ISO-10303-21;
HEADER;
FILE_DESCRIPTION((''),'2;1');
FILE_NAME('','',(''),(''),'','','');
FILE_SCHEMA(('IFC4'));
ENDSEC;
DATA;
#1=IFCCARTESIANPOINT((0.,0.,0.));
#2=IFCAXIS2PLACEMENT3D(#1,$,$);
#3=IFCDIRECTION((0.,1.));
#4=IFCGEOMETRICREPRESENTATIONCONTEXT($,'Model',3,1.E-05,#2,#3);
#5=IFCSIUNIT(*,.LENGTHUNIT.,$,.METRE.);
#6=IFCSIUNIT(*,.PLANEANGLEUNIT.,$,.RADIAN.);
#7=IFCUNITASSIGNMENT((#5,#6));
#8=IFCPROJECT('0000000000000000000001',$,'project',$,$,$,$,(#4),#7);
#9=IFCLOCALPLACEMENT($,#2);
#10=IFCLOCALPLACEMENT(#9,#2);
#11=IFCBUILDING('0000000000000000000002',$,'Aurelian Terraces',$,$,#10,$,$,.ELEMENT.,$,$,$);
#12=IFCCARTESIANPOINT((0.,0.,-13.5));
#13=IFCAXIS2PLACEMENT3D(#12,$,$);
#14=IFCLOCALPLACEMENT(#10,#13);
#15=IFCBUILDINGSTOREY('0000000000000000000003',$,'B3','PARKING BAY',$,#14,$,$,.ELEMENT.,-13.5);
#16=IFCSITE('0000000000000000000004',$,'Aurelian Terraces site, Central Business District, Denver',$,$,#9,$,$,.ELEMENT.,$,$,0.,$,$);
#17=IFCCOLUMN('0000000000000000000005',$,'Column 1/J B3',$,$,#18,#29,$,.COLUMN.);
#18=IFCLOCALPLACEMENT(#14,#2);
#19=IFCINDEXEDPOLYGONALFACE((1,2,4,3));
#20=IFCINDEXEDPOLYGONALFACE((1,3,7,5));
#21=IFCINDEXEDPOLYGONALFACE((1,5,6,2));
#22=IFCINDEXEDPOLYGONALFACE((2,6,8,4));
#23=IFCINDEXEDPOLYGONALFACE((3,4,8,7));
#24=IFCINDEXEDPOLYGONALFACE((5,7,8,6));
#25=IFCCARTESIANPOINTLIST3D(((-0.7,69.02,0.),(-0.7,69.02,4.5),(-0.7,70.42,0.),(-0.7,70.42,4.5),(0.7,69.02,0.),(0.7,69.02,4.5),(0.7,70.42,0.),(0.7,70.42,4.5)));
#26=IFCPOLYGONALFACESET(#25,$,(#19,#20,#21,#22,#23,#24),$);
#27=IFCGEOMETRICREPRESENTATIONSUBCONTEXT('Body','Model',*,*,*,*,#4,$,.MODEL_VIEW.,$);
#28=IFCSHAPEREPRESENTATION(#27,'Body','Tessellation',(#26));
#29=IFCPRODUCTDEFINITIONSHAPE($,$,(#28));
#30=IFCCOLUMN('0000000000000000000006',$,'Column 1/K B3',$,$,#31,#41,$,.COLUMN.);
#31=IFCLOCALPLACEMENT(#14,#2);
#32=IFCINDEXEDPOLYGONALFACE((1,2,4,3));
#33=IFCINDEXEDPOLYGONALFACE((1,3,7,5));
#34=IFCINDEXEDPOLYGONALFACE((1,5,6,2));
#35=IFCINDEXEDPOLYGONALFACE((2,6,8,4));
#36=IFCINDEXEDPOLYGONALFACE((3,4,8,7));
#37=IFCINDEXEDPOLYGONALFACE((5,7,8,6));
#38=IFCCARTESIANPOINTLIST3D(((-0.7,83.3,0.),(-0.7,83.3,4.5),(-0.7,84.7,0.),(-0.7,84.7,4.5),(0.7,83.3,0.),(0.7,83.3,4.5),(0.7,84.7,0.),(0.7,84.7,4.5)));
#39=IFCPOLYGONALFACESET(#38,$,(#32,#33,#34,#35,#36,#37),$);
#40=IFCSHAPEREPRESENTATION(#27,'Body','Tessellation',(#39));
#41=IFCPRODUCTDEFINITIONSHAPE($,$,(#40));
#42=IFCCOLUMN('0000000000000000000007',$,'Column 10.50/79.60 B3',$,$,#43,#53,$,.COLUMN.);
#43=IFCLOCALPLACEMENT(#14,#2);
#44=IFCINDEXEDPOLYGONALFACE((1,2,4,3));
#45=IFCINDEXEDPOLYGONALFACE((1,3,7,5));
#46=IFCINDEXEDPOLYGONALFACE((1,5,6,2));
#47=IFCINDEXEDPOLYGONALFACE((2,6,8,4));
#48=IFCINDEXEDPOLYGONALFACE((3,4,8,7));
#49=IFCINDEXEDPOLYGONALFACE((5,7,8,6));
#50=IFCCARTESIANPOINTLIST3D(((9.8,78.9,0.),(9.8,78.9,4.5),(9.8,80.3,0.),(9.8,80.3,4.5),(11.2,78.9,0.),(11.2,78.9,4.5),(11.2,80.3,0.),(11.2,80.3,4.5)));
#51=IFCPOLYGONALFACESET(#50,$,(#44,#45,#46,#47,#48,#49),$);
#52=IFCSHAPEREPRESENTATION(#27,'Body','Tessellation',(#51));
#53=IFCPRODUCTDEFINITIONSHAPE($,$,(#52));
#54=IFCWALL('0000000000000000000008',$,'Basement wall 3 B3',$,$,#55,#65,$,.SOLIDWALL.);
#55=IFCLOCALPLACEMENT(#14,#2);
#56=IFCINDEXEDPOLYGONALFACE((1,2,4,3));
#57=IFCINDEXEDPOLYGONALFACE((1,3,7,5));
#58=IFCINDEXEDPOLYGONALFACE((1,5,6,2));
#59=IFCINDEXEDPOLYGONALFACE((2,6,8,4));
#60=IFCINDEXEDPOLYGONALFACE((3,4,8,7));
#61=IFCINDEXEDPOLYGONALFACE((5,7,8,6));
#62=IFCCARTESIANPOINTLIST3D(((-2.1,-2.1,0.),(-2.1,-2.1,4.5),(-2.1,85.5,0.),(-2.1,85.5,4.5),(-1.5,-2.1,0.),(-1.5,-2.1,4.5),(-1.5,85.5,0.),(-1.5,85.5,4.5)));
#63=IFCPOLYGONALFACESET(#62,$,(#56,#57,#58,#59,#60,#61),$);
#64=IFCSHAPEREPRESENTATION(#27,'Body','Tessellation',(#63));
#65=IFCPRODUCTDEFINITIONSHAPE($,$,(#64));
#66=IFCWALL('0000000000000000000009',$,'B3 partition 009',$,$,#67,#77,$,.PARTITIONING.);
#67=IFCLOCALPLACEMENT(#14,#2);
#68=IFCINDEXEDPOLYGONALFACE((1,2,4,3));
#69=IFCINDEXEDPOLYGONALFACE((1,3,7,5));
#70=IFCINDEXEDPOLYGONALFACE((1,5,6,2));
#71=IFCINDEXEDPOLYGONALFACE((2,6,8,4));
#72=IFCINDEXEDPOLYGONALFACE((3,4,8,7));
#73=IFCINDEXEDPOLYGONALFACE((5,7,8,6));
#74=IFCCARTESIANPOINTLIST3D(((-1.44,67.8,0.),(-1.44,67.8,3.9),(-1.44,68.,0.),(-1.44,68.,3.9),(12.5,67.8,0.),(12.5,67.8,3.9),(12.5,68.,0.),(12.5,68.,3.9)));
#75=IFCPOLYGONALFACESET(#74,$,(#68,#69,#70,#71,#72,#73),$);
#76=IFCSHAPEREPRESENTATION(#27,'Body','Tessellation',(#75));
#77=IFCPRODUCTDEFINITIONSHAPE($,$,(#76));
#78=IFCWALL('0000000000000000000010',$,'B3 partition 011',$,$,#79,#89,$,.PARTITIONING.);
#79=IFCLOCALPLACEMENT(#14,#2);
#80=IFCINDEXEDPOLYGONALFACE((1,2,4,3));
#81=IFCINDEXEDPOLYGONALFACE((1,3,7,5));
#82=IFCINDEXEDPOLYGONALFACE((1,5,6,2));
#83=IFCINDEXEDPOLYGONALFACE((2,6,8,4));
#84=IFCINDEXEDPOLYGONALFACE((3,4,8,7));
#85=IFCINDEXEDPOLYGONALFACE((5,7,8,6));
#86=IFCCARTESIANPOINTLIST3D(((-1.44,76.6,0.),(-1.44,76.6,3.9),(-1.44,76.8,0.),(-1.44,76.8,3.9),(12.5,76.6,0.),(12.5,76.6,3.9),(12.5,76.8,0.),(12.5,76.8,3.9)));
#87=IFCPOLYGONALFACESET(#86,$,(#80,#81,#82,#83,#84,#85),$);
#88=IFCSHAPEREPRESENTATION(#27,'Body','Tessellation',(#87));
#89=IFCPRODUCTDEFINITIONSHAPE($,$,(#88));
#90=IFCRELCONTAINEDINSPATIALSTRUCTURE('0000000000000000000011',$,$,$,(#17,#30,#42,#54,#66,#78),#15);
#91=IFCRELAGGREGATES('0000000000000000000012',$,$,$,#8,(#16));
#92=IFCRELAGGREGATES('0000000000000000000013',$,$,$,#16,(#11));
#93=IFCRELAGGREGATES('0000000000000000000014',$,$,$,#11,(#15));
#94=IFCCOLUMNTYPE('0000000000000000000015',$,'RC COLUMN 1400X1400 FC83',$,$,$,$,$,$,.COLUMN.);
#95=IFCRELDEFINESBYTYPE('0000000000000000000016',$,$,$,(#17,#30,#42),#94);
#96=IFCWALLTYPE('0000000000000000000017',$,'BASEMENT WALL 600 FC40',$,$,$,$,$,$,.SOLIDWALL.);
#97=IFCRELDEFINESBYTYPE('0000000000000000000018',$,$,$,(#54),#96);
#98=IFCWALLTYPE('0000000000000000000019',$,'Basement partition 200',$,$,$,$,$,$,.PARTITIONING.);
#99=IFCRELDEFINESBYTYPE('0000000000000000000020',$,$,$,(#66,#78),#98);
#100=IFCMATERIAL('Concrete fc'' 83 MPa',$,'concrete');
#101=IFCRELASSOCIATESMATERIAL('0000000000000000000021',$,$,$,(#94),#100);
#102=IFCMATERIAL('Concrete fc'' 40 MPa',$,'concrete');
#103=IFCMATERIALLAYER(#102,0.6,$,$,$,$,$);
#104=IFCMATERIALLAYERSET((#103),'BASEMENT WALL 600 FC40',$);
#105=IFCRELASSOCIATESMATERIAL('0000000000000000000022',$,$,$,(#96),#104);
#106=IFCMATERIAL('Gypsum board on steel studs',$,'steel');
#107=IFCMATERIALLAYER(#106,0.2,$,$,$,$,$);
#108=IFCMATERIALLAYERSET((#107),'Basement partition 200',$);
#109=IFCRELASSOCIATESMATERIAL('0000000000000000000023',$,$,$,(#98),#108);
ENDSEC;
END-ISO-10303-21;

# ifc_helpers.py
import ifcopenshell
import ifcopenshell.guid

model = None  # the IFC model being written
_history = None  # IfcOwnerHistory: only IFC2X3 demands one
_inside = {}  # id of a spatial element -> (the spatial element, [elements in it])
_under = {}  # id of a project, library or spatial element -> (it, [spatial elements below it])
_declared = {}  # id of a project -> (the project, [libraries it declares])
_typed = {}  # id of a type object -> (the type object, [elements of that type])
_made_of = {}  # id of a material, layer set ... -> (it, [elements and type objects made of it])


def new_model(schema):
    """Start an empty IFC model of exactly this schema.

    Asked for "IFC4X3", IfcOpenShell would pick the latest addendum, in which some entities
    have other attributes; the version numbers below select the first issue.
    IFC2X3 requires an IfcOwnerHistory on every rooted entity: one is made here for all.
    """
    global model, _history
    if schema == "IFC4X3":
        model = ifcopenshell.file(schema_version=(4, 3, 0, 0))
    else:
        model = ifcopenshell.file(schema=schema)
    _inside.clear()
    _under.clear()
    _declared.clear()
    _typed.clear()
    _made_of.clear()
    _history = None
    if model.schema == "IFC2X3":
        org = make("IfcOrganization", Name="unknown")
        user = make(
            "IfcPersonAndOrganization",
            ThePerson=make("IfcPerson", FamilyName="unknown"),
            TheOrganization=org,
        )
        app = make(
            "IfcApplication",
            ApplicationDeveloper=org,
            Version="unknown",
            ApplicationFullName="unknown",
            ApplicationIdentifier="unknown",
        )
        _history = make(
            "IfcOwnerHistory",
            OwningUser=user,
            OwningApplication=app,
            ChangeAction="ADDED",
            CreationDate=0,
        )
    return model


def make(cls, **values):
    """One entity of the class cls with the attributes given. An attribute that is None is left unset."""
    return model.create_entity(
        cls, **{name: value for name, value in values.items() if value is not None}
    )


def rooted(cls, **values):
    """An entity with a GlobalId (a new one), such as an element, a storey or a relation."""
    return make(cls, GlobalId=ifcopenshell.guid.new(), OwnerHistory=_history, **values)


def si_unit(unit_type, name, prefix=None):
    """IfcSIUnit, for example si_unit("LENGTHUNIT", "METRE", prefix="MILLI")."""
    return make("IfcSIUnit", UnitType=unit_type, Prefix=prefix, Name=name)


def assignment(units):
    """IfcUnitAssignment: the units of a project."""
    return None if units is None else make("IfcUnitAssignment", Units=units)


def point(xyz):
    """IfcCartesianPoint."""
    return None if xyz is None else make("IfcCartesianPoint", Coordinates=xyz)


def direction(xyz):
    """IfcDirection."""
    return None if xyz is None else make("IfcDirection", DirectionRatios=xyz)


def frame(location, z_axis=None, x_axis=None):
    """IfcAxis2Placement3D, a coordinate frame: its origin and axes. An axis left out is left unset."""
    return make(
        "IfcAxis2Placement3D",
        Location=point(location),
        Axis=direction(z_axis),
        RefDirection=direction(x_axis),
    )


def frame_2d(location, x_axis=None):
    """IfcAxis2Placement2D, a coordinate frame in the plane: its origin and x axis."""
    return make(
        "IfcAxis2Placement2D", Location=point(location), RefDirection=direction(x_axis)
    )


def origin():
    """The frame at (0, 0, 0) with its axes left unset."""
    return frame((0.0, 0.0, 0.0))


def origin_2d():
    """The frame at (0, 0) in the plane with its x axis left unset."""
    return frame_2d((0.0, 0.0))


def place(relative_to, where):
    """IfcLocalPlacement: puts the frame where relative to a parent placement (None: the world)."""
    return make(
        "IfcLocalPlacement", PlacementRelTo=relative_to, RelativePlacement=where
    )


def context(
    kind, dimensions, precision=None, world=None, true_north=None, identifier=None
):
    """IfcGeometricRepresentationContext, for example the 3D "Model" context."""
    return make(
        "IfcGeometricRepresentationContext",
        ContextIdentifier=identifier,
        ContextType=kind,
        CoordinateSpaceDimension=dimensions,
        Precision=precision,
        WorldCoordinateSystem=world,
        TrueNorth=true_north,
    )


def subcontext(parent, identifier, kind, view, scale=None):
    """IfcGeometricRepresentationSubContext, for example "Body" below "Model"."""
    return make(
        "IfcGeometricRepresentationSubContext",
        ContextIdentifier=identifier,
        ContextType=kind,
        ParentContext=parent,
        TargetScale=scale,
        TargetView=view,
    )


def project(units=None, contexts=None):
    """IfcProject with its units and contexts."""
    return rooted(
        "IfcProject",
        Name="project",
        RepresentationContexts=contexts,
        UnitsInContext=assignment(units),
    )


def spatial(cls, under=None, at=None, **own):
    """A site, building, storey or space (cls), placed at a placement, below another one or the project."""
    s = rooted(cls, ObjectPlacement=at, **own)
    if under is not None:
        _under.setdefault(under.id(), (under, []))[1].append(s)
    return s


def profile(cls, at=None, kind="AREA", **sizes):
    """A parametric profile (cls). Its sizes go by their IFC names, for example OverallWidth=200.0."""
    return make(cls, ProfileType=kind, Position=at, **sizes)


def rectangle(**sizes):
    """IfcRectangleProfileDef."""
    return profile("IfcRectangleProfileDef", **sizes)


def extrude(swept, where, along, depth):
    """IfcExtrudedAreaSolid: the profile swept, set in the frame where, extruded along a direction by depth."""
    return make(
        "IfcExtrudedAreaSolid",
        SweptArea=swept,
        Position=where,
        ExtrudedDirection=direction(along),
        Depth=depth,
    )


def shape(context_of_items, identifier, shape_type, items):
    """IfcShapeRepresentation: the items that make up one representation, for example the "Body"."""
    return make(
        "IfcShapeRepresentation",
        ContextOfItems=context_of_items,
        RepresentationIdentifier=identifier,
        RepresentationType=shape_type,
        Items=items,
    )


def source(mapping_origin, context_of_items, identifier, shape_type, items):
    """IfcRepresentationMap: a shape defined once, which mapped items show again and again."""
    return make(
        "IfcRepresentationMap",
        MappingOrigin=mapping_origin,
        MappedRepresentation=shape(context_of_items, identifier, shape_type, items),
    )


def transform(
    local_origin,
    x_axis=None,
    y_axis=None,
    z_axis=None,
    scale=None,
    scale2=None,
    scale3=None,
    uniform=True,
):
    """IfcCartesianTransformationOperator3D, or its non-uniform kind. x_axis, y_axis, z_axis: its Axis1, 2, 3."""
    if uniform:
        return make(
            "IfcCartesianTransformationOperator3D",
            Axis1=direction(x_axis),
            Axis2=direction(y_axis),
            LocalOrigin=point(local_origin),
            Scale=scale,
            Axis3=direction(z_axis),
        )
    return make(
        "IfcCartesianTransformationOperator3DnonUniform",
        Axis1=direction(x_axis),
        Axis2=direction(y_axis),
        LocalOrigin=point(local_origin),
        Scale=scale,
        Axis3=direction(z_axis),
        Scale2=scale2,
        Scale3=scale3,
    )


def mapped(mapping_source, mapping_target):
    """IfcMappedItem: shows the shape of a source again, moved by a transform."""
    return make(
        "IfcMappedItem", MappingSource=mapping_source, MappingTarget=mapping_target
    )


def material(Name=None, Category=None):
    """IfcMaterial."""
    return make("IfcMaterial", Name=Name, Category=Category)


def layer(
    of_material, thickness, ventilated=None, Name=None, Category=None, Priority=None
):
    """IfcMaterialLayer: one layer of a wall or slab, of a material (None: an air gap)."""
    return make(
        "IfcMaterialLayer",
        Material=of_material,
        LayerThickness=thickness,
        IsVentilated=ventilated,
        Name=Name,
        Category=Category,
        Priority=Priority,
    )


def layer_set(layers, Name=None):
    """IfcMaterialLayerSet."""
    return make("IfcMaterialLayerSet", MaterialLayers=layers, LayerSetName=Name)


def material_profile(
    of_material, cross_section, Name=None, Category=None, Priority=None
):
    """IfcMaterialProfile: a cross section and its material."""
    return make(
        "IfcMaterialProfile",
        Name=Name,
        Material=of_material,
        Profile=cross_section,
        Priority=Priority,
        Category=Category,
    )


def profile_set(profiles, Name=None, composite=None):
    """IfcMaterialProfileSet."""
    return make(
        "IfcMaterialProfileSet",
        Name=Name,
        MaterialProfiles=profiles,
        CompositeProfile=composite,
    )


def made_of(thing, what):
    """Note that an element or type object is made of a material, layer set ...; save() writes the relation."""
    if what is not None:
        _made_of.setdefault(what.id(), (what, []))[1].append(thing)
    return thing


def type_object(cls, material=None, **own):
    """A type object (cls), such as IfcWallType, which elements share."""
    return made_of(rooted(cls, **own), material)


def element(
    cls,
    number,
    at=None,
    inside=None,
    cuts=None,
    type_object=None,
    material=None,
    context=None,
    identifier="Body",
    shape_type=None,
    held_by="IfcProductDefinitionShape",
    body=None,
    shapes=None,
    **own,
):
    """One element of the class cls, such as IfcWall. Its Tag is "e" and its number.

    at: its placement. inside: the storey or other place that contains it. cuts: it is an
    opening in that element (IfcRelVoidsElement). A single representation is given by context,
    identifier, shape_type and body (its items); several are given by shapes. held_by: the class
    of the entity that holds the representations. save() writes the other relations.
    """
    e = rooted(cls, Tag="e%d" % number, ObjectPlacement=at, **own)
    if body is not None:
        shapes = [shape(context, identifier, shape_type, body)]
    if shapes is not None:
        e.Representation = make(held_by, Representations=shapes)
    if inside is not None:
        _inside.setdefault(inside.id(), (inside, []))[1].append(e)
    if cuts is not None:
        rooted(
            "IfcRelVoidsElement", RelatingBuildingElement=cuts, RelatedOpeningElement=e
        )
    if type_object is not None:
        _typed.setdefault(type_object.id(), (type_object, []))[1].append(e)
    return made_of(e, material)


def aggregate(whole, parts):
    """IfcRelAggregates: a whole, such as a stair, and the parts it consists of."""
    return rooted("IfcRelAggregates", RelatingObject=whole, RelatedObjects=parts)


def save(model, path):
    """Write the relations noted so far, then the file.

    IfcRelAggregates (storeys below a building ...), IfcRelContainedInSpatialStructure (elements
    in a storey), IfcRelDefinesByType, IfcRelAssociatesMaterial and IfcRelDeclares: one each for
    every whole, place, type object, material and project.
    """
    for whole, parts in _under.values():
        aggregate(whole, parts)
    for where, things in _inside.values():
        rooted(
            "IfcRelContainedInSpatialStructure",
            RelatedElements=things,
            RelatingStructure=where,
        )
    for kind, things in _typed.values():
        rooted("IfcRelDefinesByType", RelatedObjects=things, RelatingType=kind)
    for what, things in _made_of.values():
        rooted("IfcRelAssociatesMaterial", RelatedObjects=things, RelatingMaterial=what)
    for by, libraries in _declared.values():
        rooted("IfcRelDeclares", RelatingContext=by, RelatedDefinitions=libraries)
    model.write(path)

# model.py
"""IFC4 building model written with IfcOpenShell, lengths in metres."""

from ifc_helpers import new_model, si_unit, direction, frame, frame_2d, origin, origin_2d, place, context, subcontext, project, spatial, rectangle, extrude, source, transform, mapped, material, layer, layer_set, material_profile, profile_set, type_object, element, save


model = new_model("IFC4")

# Units and contexts
model_context = context("Model", 3, precision=1e-05, world=origin(), true_north=direction((0.0, 1.0)))
body_context = subcontext(model_context, "Body", "Model", "MODEL_VIEW")
ifc_project = project(units=[si_unit("LENGTHUNIT", "METRE"), si_unit("PLANEANGLEUNIT", "RADIAN")], contexts=[model_context])

# Site, building, storey
site_placement = place(None, origin())
site = spatial("IfcSite", under=ifc_project, at=site_placement, Name="Aurelian Terraces site, Central Business District, Denver", CompositionType="ELEMENT", RefElevation=0.0)
building_placement = place(site_placement, origin())
building = spatial("IfcBuilding", under=site, at=building_placement, Name="Aurelian Terraces", CompositionType="ELEMENT")
storey_placement = place(building_placement, frame((0.0, 0.0, -13.5)))
storey = spatial("IfcBuildingStorey", under=building, at=storey_placement, Name="B3", Description="PARKING BAY", CompositionType="ELEMENT", Elevation=-13.5)

# Columns
ifc_material_1 = material(Name="Concrete fc' 83 MPa", Category="concrete")
ifc_material_profile_1 = material_profile(ifc_material_1, rectangle(XDim=1.4, YDim=1.4, at=origin_2d()))
ifc_profile_set_1 = profile_set([ifc_material_profile_1], Name="Concrete fc' 83 MPa")
column_type = type_object("IfcColumnType", Name="RC COLUMN 1400X1400 FC83", PredefinedType="COLUMN", material=ifc_profile_set_1)
shared_shape_1 = source(origin(), body_context, "Body", "SweptSolid", [
    extrude(rectangle(XDim=1.4, YDim=1.4, at=origin_2d()), origin(), (0.0, 0.0, 1.0), 4.5),
])
for number, where, z_axis, x_axis, name in (
    (1, (0.0, 69.72, 0.0), (0.0, 0.0, 1.0), (1.0, 0.0, 0.0), "Column 1/J B3"),
    (2, (0.0, 84.0, 0.0), (0.0, 0.0, 1.0), (1.0, 0.0, 0.0), "Column 1/K B3"),
    (3, (10.5, 79.6, 0.0), (0.0, 0.0, 1.0), (1.0, 0.0, 0.0), "Column 10.50/79.60 B3"),
):
    element("IfcColumn", number, at=place(storey_placement, frame(where, z_axis=z_axis, x_axis=x_axis)), inside=storey, type_object=column_type, Name=name, PredefinedType="COLUMN", context=body_context, shape_type="MappedRepresentation", body=[
        mapped(shared_shape_1, transform((0.0, 0.0, 0.0), scale=1.0)),
    ])

# Walls
ifc_material_2 = material(Name="Concrete fc' 40 MPa", Category="concrete")
ifc_layer_1 = layer(ifc_material_2, 0.6)
ifc_layer_set_1 = layer_set([ifc_layer_1], Name="BASEMENT WALL 600 FC40")
wall_type_1 = type_object("IfcWallType", Name="BASEMENT WALL 600 FC40", PredefinedType="SOLIDWALL", material=ifc_layer_set_1)
wall_placement = place(storey_placement, frame((-1.8, 85.5, 0.0), z_axis=(0.0, 0.0, 1.0), x_axis=(0.0, -1.0, 0.0)))
element("IfcWall", 4, at=wall_placement, inside=storey, type_object=wall_type_1, Name="Basement wall 3 B3", PredefinedType="SOLIDWALL", context=body_context, shape_type="SweptSolid", body=[
    extrude(rectangle(XDim=87.6, YDim=0.6, at=frame_2d((43.8, 0.0))), origin(), (0.0, 0.0, 1.0), 4.5),
])
ifc_material_3 = material(Name="Gypsum board on steel studs", Category="steel")
ifc_layer_2 = layer(ifc_material_3, 0.2)
ifc_layer_set_2 = layer_set([ifc_layer_2], Name="Basement partition 200")
wall_type_2 = type_object("IfcWallType", Name="Basement partition 200", PredefinedType="PARTITIONING", material=ifc_layer_set_2)
shared_shape_2 = source(origin(), body_context, "Body", "SweptSolid", [
    extrude(rectangle(XDim=13.94, YDim=0.2, at=frame_2d((6.97, 0.0))), origin(), (0.0, 0.0, 1.0), 3.9),
])
for number, where, z_axis, x_axis, name in (
    (5, (-1.44, 67.9, 0.0), (0.0, 0.0, 1.0), (1.0, 0.0, 0.0), "B3 partition 009"),
    (6, (-1.44, 76.7, 0.0), (0.0, 0.0, 1.0), (1.0, 0.0, 0.0), "B3 partition 011"),
):
    element("IfcWall", number, at=place(storey_placement, frame(where, z_axis=z_axis, x_axis=x_axis)), inside=storey, type_object=wall_type_2, Name=name, PredefinedType="PARTITIONING", context=body_context, shape_type="MappedRepresentation", body=[
        mapped(shared_shape_2, transform((0.0, 0.0, 0.0), scale=1.0)),
    ])

save(model, "model.ifc")
